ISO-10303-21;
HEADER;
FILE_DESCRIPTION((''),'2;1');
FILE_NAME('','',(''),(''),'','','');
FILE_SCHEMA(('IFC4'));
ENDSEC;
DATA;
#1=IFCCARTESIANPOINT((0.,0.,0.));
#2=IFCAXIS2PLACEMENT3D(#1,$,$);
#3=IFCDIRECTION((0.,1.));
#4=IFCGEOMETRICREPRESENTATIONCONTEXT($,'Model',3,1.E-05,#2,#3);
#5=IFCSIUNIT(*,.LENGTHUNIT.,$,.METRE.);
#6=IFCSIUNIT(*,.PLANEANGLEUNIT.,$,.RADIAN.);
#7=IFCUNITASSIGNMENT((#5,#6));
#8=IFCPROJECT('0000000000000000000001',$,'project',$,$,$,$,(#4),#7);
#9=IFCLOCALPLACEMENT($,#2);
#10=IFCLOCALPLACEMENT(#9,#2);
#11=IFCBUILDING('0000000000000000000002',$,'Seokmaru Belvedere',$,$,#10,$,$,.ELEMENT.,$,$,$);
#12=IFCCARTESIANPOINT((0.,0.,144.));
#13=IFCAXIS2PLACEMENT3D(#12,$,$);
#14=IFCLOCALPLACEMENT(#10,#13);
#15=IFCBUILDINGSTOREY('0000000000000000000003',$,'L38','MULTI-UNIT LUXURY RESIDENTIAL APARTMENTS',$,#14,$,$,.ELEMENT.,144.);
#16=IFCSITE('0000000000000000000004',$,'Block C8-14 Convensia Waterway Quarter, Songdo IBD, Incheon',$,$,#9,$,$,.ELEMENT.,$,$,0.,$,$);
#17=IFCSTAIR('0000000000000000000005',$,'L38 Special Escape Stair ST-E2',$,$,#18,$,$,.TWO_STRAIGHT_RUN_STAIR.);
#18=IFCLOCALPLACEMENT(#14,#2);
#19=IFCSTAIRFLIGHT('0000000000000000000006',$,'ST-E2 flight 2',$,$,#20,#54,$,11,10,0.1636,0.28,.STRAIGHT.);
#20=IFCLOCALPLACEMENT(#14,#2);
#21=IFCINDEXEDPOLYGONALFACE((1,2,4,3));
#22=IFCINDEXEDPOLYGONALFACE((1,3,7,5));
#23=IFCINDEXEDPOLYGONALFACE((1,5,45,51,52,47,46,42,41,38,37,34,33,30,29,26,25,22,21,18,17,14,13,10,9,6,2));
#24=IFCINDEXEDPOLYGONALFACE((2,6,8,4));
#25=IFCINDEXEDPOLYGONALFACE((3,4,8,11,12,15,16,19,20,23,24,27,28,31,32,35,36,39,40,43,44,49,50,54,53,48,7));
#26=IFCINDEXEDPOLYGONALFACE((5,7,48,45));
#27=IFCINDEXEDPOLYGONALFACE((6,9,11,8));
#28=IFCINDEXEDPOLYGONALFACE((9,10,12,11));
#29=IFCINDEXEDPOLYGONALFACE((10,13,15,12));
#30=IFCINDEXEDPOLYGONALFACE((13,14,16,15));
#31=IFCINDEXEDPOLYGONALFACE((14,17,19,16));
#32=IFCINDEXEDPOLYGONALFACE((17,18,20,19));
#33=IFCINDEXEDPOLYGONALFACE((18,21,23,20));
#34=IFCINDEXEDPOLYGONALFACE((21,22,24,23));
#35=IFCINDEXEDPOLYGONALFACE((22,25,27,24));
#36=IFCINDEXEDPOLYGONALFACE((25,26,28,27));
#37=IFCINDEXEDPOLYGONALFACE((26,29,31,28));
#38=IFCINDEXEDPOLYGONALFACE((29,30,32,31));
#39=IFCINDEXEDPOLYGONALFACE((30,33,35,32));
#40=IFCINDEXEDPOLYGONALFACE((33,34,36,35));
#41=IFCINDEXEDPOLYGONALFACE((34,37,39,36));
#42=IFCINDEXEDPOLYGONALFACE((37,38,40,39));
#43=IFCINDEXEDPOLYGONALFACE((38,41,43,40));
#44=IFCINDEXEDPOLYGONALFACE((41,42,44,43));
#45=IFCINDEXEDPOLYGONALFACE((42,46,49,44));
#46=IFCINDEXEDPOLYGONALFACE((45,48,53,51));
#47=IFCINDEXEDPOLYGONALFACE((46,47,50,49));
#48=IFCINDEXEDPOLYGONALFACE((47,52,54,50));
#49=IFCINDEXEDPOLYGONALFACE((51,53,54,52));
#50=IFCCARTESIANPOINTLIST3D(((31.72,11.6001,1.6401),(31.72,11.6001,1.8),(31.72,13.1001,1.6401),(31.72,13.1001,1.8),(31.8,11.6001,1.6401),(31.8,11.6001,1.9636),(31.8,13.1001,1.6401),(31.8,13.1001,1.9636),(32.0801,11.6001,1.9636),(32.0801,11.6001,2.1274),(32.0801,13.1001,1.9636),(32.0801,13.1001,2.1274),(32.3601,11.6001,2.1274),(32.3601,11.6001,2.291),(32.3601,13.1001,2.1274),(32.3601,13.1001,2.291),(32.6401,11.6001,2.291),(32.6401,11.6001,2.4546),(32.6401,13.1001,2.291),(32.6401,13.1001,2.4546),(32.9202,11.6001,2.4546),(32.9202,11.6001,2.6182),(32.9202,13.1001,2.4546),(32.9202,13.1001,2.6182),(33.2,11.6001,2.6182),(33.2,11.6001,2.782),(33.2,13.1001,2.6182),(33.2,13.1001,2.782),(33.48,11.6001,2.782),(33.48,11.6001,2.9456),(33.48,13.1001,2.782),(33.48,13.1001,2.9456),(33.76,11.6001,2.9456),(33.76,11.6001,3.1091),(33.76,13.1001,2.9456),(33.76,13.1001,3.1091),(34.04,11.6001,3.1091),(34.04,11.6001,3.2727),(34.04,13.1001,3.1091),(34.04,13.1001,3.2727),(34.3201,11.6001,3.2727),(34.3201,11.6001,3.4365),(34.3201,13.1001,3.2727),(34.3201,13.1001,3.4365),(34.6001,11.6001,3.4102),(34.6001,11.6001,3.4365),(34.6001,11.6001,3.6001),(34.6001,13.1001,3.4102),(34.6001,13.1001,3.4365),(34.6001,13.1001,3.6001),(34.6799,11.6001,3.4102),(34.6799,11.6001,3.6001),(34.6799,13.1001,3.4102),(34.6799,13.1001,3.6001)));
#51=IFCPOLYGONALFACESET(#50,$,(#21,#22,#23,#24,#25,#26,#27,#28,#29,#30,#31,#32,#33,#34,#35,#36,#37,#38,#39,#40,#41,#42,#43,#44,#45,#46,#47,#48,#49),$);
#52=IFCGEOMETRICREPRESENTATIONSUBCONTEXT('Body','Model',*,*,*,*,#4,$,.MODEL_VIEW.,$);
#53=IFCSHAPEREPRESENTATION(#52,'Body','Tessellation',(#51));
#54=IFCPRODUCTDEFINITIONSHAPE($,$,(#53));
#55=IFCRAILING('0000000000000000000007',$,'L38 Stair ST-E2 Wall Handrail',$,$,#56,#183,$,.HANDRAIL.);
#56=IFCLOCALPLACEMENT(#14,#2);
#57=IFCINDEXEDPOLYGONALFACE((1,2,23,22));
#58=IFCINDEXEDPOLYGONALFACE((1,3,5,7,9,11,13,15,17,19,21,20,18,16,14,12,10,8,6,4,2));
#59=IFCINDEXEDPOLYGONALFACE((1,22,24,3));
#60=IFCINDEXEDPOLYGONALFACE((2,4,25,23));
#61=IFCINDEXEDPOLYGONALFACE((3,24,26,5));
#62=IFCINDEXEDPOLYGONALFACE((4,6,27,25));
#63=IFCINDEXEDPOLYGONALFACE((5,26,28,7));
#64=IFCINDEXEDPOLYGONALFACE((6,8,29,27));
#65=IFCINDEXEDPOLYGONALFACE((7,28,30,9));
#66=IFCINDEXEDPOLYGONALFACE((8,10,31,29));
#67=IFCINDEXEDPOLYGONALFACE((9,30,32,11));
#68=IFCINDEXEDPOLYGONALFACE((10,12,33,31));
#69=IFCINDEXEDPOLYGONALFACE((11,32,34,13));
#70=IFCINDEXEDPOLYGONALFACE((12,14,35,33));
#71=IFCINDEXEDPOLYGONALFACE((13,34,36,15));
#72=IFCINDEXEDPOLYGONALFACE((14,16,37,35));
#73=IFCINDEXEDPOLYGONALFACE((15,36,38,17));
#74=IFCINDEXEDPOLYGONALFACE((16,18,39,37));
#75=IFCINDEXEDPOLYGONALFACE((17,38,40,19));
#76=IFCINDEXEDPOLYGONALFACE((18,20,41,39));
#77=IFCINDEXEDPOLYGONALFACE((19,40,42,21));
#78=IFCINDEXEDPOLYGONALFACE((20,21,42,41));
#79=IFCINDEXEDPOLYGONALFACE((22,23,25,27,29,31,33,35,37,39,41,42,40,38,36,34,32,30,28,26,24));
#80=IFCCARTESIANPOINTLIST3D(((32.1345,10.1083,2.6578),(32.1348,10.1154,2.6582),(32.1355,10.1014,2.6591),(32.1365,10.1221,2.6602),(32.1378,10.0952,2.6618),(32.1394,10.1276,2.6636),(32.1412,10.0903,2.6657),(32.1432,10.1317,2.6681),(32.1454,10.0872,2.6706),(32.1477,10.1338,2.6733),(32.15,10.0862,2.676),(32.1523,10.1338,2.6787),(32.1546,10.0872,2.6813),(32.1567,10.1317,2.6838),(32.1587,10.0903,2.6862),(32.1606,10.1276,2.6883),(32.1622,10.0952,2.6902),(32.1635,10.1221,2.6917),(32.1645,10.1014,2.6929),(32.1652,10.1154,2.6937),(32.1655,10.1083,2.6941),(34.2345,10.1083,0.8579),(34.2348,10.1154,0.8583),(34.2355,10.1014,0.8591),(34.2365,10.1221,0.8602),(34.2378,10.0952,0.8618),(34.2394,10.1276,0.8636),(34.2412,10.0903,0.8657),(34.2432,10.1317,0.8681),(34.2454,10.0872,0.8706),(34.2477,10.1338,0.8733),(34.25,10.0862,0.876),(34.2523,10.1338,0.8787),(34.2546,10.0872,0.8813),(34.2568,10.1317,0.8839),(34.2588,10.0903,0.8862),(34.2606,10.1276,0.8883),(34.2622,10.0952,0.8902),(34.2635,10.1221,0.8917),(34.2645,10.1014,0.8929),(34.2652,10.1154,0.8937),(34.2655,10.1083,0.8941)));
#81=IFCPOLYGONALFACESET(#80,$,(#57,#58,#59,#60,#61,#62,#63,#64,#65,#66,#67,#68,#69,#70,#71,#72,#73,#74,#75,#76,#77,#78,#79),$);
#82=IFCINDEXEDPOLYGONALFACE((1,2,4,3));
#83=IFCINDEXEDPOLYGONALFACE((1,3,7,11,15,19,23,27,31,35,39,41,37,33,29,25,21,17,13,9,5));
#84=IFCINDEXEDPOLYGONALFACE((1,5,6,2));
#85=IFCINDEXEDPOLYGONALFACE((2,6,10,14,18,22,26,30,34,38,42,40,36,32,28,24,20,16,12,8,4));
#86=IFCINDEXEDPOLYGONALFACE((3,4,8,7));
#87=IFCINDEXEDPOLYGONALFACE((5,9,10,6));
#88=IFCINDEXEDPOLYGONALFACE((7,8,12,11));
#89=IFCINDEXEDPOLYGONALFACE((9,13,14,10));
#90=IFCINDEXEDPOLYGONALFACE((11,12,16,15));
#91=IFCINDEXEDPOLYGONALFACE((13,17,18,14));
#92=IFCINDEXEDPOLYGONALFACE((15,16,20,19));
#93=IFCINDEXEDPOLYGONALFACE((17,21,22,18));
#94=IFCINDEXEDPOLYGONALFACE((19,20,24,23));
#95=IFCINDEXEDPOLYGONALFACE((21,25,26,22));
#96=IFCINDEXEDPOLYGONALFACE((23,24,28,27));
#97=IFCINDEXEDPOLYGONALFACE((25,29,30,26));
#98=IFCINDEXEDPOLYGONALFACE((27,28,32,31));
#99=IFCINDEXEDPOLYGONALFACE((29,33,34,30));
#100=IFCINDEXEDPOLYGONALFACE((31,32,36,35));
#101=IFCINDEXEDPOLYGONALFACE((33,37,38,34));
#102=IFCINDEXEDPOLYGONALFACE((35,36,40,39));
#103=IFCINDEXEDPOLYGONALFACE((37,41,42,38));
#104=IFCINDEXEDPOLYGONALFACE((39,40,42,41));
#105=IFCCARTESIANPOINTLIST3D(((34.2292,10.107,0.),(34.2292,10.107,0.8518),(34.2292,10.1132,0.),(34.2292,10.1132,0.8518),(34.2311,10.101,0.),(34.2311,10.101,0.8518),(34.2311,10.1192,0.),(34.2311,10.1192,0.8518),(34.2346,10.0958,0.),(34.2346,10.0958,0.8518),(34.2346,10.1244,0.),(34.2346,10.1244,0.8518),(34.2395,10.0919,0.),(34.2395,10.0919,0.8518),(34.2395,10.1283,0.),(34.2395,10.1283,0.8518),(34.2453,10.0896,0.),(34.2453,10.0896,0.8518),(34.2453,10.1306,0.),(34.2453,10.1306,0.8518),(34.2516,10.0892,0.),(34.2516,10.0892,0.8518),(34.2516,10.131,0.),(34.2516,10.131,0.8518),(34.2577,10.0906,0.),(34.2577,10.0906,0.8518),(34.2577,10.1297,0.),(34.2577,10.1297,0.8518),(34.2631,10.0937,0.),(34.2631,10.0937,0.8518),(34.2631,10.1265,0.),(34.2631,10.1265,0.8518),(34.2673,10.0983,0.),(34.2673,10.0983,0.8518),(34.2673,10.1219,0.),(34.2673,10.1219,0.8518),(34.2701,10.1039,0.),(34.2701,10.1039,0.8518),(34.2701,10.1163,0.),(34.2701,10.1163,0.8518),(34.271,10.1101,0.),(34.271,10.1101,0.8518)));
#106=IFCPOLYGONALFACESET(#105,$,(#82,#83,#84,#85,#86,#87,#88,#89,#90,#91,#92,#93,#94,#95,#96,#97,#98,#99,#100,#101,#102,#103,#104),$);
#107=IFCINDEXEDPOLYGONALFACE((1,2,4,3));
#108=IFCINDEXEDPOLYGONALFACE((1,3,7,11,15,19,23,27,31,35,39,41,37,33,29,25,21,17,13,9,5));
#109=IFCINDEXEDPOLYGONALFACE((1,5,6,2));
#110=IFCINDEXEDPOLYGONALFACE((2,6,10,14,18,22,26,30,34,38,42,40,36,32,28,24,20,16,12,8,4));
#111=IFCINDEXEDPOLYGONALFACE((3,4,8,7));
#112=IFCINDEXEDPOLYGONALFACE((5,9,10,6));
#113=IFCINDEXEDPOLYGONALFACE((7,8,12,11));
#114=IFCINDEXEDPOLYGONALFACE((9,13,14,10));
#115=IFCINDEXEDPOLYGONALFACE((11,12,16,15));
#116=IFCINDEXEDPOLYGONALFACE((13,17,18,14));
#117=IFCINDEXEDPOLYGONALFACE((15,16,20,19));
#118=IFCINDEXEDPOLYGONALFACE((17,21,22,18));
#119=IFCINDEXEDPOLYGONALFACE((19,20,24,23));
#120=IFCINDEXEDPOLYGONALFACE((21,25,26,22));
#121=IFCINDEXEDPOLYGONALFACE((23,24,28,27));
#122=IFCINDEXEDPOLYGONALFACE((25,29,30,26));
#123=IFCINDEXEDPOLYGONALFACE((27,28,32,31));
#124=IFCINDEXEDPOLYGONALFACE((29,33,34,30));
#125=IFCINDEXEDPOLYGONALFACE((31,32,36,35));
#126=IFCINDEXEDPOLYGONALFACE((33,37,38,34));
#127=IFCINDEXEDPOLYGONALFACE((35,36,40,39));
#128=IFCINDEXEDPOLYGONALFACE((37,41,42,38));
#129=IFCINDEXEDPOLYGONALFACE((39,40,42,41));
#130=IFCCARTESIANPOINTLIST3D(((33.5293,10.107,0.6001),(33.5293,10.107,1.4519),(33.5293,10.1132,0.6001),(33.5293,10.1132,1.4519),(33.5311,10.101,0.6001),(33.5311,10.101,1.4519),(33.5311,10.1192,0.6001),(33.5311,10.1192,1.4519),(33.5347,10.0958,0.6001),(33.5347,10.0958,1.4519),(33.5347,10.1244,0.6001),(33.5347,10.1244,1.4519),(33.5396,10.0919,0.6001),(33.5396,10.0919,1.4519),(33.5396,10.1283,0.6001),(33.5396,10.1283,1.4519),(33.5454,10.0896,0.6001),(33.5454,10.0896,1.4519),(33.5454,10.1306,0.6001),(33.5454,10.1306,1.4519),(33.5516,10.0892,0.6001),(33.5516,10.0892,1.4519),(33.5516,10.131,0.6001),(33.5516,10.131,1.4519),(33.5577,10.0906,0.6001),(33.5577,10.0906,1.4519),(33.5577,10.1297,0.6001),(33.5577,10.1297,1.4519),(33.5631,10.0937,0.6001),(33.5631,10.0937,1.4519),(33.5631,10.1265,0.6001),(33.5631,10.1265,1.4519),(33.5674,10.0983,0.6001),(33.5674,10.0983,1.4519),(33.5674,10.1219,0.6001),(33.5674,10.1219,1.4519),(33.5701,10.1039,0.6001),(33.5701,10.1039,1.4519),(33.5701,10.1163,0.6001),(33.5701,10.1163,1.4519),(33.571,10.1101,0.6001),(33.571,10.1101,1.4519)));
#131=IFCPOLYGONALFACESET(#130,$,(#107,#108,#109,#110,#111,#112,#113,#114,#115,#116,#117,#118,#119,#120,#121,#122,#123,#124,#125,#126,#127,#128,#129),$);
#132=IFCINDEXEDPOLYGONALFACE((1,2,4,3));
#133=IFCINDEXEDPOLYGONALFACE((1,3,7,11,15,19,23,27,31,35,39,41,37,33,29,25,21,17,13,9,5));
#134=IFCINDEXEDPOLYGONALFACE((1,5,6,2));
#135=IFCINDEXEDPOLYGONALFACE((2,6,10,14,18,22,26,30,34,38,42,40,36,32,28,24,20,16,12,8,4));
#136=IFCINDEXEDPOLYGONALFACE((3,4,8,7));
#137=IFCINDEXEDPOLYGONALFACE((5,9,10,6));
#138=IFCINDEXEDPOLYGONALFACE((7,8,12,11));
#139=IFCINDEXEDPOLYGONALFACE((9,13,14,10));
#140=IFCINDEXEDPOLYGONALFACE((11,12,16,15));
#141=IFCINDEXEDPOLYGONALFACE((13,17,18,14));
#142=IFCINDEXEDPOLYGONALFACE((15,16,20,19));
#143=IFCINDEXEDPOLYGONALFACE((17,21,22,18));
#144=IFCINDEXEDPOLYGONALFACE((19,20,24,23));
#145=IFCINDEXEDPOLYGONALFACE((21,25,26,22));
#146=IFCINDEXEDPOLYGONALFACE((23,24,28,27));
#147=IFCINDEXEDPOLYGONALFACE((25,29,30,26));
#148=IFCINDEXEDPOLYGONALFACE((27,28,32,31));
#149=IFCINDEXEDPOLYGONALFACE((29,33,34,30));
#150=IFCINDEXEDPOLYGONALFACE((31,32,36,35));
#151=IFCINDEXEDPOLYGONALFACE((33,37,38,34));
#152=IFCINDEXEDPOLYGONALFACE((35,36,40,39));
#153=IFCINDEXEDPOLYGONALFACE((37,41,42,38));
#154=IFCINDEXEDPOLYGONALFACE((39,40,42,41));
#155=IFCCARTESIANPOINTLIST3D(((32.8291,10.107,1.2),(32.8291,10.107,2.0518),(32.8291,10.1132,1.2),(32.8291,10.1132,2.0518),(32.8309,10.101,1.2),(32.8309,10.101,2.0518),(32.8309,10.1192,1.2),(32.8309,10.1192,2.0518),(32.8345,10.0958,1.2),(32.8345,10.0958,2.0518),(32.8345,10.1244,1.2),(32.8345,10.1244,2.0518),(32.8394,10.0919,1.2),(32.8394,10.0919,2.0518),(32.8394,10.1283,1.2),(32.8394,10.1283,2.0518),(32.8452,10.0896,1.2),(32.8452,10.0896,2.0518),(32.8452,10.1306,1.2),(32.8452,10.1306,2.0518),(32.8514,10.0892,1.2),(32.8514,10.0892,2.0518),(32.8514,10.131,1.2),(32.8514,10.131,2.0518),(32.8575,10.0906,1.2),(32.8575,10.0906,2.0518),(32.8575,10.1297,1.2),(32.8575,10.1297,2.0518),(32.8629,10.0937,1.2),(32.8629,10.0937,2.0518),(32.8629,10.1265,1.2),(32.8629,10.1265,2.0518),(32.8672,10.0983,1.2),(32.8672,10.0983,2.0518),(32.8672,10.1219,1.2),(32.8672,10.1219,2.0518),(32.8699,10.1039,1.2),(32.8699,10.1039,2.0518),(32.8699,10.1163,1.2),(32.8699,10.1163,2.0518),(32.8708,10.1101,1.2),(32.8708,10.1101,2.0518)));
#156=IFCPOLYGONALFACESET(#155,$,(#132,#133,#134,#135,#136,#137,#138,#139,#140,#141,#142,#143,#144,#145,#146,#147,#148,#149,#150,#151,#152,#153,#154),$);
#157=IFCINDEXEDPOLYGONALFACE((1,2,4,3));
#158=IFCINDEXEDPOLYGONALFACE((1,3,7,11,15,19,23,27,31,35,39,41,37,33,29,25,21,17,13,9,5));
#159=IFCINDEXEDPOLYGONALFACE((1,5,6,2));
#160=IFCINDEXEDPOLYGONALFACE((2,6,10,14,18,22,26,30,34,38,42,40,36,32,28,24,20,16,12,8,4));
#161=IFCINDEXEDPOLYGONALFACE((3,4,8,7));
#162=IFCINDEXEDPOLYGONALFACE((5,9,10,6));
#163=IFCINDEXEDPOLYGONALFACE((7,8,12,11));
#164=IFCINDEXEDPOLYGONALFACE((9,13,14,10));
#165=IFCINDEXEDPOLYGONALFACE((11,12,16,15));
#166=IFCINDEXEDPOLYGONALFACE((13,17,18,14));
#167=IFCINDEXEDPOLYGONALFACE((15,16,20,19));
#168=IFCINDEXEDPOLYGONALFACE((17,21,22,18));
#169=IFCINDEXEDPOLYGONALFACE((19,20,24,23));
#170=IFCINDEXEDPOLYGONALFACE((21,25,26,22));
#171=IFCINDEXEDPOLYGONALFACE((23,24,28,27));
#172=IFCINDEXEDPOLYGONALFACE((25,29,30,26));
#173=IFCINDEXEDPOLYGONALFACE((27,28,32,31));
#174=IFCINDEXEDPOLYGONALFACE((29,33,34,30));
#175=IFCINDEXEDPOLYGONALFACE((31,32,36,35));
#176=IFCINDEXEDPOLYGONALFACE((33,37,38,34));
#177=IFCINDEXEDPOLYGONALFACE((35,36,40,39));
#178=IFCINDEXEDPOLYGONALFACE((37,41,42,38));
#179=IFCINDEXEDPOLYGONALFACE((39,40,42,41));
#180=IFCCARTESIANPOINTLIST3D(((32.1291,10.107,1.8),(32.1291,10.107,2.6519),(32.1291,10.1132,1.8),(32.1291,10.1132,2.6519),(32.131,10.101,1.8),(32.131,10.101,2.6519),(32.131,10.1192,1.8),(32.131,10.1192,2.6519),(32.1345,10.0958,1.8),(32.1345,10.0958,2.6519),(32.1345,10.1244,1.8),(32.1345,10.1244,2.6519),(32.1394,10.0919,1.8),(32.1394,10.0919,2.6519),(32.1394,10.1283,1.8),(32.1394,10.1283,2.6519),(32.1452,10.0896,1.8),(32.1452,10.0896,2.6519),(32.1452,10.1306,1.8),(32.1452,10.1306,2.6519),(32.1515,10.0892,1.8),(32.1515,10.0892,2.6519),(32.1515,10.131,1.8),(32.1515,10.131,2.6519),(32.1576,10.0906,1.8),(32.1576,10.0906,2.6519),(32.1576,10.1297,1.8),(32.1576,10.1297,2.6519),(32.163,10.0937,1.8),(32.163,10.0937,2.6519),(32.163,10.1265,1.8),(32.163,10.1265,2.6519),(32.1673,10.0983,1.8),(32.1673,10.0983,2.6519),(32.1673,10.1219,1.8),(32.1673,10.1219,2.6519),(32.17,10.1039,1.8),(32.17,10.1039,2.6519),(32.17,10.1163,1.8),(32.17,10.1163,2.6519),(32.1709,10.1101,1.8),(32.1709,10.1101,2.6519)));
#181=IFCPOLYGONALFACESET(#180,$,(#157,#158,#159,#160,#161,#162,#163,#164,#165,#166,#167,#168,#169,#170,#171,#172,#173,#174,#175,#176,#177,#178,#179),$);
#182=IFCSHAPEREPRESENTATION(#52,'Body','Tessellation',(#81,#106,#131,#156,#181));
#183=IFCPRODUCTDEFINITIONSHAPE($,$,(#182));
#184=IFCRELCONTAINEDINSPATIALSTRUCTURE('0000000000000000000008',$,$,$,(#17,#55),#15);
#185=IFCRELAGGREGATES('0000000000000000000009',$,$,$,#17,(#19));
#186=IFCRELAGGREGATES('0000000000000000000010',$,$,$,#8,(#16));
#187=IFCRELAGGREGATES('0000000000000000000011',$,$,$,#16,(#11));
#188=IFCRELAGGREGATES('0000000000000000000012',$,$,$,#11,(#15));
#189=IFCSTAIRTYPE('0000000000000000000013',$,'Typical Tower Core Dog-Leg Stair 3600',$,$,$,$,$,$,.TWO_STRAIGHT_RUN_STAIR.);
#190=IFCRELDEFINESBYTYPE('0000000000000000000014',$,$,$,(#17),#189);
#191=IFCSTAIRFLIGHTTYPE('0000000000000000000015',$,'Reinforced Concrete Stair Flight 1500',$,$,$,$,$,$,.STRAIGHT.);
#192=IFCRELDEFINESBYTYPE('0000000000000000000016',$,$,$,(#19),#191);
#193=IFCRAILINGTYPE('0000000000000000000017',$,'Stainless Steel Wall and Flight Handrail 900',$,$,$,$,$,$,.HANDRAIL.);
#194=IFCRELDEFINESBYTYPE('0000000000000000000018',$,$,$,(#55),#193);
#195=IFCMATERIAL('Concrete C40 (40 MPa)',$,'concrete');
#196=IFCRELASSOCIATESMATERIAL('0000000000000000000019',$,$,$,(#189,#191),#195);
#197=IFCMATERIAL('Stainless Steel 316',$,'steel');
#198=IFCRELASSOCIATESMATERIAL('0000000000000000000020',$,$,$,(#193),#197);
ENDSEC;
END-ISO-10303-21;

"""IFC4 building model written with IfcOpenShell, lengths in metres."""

from ifc_helpers import new_model, si_unit, direction, frame, origin, origin_2d, place, context, subcontext, project, spatial, polyline, circle, outline, extrude, material, type_object, element, aggregate, save


model = new_model("IFC4")

# Units and contexts
model_context = context("Model", 3, precision=1e-05, world=origin(), true_north=direction((0.0, 1.0)))
body_context = subcontext(model_context, "Body", "Model", "MODEL_VIEW")
ifc_project = project(units=[si_unit("LENGTHUNIT", "METRE"), si_unit("PLANEANGLEUNIT", "RADIAN")], contexts=[model_context])

# Site, building, storey
site_placement = place(None, origin())
site = spatial("IfcSite", under=ifc_project, at=site_placement, Name="Block C8-14 Convensia Waterway Quarter, Songdo IBD, Incheon", CompositionType="ELEMENT", RefElevation=0.0)
building_placement = place(site_placement, origin())
building = spatial("IfcBuilding", under=site, at=building_placement, Name="Seokmaru Belvedere", CompositionType="ELEMENT")
storey_placement = place(building_placement, frame((0.0, 0.0, 144.0)))
storey = spatial("IfcBuildingStorey", under=building, at=storey_placement, Name="L38", Description="MULTI-UNIT LUXURY RESIDENTIAL APARTMENTS", CompositionType="ELEMENT", Elevation=144.0)

# Shared definitions
ifc_material_1 = material(Name="Stainless Steel 316", Category="steel")

# Stair, stair flight
ifc_material_2 = material(Name="Concrete C40 (40 MPa)", Category="concrete")
stair_type = type_object("IfcStairType", Name="Typical Tower Core Dog-Leg Stair 3600", PredefinedType="TWO_STRAIGHT_RUN_STAIR", material=ifc_material_2)
stair_placement = place(storey_placement, origin())
stair = element("IfcStair", 1, at=stair_placement, inside=storey, type_object=stair_type, Name="L38 Special Escape Stair ST-E2", PredefinedType="TWO_STRAIGHT_RUN_STAIR")
stair_flight_type = type_object("IfcStairFlightType", Name="Reinforced Concrete Stair Flight 1500", PredefinedType="STRAIGHT", material=ifc_material_2)
stair_flight_1_placement = place(storey_placement, frame((31.8, 12.3501, 1.8), z_axis=(0.0, 0.0, 1.0), x_axis=(1.0, 0.0, 0.0)))
stair_flight_1 = element("IfcStairFlight", 2, at=stair_flight_1_placement, type_object=stair_flight_type, Name="ST-E2 flight 2", NumberOfRisers=11, NumberOfTreads=10, PredefinedType="STRAIGHT", RiserHeight=0.1636, TreadLength=0.28, context=body_context, shape_type="SweptSolid", body=[
    extrude(outline(polyline([(-0.0801, 0.0), (0.0, 0.1636), (0.28, 0.1636), (0.28, 0.3274), (0.5601, 0.3274), (0.5601, 0.491), (0.8401, 0.491), (0.8401, 0.6545), (1.1201, 0.6545), (1.1201, 0.8181), (1.3999, 0.8181), (1.3999, 0.9819), (1.6799, 0.9819), (1.6799, 1.1455), (1.96, 1.1455), (1.96, 1.3091), (2.24, 1.3091), (2.24, 1.4727), (2.52, 1.4727), (2.52, 1.6365), (2.8, 1.6365), (2.8, 1.8), (2.8799, 1.8), (2.8799, 1.6101), (2.8, 1.6101), (0.0, -0.1599), (-0.0801, -0.1599), (-0.0801, 0.0)])), frame((0.0, 0.75, 0.0), z_axis=(0.0, -1.0, 0.0), x_axis=(1.0, 0.0, 0.0)), (0.0, 0.0, 1.0), 1.5),
])
aggregate(stair, [stair_flight_1])

# Railing
railing_type_1 = type_object("IfcRailingType", Name="Stainless Steel Wall and Flight Handrail 900", PredefinedType="HANDRAIL", material=ifc_material_1)
railing_1_placement = place(storey_placement, frame((34.25, 10.1101, 0.0)))
element("IfcRailing", 3, at=railing_1_placement, inside=storey, type_object=railing_type_1, Name="L38 Stair ST-E2 Wall Handrail", PredefinedType="HANDRAIL", context=body_context, shape_type="SweptSolid", body=[
    extrude(circle(Radius=0.0239, at=origin_2d()), frame((0.0, 0.0, 0.876), z_axis=(-0.759263, 0.0, 0.650784), x_axis=(0.0, -1.0, 0.0)), (0.0, 0.0, 1.0), 2.7659),
    extrude(circle(Radius=0.021, at=origin_2d()), origin(), (0.0, 0.0, 1.0), 0.8518),
    extrude(circle(Radius=0.021, at=origin_2d()), frame((-0.7, 0.0, 0.6001)), (0.0, 0.0, 1.0), 0.8518),
    extrude(circle(Radius=0.021, at=origin_2d()), frame((-1.4001, 0.0, 1.2)), (0.0, 0.0, 1.0), 0.8518),
    extrude(circle(Radius=0.021, at=origin_2d()), frame((-2.1001, 0.0, 1.8)), (0.0, 0.0, 1.0), 0.8518),
])

save(model, "model.ifc")
